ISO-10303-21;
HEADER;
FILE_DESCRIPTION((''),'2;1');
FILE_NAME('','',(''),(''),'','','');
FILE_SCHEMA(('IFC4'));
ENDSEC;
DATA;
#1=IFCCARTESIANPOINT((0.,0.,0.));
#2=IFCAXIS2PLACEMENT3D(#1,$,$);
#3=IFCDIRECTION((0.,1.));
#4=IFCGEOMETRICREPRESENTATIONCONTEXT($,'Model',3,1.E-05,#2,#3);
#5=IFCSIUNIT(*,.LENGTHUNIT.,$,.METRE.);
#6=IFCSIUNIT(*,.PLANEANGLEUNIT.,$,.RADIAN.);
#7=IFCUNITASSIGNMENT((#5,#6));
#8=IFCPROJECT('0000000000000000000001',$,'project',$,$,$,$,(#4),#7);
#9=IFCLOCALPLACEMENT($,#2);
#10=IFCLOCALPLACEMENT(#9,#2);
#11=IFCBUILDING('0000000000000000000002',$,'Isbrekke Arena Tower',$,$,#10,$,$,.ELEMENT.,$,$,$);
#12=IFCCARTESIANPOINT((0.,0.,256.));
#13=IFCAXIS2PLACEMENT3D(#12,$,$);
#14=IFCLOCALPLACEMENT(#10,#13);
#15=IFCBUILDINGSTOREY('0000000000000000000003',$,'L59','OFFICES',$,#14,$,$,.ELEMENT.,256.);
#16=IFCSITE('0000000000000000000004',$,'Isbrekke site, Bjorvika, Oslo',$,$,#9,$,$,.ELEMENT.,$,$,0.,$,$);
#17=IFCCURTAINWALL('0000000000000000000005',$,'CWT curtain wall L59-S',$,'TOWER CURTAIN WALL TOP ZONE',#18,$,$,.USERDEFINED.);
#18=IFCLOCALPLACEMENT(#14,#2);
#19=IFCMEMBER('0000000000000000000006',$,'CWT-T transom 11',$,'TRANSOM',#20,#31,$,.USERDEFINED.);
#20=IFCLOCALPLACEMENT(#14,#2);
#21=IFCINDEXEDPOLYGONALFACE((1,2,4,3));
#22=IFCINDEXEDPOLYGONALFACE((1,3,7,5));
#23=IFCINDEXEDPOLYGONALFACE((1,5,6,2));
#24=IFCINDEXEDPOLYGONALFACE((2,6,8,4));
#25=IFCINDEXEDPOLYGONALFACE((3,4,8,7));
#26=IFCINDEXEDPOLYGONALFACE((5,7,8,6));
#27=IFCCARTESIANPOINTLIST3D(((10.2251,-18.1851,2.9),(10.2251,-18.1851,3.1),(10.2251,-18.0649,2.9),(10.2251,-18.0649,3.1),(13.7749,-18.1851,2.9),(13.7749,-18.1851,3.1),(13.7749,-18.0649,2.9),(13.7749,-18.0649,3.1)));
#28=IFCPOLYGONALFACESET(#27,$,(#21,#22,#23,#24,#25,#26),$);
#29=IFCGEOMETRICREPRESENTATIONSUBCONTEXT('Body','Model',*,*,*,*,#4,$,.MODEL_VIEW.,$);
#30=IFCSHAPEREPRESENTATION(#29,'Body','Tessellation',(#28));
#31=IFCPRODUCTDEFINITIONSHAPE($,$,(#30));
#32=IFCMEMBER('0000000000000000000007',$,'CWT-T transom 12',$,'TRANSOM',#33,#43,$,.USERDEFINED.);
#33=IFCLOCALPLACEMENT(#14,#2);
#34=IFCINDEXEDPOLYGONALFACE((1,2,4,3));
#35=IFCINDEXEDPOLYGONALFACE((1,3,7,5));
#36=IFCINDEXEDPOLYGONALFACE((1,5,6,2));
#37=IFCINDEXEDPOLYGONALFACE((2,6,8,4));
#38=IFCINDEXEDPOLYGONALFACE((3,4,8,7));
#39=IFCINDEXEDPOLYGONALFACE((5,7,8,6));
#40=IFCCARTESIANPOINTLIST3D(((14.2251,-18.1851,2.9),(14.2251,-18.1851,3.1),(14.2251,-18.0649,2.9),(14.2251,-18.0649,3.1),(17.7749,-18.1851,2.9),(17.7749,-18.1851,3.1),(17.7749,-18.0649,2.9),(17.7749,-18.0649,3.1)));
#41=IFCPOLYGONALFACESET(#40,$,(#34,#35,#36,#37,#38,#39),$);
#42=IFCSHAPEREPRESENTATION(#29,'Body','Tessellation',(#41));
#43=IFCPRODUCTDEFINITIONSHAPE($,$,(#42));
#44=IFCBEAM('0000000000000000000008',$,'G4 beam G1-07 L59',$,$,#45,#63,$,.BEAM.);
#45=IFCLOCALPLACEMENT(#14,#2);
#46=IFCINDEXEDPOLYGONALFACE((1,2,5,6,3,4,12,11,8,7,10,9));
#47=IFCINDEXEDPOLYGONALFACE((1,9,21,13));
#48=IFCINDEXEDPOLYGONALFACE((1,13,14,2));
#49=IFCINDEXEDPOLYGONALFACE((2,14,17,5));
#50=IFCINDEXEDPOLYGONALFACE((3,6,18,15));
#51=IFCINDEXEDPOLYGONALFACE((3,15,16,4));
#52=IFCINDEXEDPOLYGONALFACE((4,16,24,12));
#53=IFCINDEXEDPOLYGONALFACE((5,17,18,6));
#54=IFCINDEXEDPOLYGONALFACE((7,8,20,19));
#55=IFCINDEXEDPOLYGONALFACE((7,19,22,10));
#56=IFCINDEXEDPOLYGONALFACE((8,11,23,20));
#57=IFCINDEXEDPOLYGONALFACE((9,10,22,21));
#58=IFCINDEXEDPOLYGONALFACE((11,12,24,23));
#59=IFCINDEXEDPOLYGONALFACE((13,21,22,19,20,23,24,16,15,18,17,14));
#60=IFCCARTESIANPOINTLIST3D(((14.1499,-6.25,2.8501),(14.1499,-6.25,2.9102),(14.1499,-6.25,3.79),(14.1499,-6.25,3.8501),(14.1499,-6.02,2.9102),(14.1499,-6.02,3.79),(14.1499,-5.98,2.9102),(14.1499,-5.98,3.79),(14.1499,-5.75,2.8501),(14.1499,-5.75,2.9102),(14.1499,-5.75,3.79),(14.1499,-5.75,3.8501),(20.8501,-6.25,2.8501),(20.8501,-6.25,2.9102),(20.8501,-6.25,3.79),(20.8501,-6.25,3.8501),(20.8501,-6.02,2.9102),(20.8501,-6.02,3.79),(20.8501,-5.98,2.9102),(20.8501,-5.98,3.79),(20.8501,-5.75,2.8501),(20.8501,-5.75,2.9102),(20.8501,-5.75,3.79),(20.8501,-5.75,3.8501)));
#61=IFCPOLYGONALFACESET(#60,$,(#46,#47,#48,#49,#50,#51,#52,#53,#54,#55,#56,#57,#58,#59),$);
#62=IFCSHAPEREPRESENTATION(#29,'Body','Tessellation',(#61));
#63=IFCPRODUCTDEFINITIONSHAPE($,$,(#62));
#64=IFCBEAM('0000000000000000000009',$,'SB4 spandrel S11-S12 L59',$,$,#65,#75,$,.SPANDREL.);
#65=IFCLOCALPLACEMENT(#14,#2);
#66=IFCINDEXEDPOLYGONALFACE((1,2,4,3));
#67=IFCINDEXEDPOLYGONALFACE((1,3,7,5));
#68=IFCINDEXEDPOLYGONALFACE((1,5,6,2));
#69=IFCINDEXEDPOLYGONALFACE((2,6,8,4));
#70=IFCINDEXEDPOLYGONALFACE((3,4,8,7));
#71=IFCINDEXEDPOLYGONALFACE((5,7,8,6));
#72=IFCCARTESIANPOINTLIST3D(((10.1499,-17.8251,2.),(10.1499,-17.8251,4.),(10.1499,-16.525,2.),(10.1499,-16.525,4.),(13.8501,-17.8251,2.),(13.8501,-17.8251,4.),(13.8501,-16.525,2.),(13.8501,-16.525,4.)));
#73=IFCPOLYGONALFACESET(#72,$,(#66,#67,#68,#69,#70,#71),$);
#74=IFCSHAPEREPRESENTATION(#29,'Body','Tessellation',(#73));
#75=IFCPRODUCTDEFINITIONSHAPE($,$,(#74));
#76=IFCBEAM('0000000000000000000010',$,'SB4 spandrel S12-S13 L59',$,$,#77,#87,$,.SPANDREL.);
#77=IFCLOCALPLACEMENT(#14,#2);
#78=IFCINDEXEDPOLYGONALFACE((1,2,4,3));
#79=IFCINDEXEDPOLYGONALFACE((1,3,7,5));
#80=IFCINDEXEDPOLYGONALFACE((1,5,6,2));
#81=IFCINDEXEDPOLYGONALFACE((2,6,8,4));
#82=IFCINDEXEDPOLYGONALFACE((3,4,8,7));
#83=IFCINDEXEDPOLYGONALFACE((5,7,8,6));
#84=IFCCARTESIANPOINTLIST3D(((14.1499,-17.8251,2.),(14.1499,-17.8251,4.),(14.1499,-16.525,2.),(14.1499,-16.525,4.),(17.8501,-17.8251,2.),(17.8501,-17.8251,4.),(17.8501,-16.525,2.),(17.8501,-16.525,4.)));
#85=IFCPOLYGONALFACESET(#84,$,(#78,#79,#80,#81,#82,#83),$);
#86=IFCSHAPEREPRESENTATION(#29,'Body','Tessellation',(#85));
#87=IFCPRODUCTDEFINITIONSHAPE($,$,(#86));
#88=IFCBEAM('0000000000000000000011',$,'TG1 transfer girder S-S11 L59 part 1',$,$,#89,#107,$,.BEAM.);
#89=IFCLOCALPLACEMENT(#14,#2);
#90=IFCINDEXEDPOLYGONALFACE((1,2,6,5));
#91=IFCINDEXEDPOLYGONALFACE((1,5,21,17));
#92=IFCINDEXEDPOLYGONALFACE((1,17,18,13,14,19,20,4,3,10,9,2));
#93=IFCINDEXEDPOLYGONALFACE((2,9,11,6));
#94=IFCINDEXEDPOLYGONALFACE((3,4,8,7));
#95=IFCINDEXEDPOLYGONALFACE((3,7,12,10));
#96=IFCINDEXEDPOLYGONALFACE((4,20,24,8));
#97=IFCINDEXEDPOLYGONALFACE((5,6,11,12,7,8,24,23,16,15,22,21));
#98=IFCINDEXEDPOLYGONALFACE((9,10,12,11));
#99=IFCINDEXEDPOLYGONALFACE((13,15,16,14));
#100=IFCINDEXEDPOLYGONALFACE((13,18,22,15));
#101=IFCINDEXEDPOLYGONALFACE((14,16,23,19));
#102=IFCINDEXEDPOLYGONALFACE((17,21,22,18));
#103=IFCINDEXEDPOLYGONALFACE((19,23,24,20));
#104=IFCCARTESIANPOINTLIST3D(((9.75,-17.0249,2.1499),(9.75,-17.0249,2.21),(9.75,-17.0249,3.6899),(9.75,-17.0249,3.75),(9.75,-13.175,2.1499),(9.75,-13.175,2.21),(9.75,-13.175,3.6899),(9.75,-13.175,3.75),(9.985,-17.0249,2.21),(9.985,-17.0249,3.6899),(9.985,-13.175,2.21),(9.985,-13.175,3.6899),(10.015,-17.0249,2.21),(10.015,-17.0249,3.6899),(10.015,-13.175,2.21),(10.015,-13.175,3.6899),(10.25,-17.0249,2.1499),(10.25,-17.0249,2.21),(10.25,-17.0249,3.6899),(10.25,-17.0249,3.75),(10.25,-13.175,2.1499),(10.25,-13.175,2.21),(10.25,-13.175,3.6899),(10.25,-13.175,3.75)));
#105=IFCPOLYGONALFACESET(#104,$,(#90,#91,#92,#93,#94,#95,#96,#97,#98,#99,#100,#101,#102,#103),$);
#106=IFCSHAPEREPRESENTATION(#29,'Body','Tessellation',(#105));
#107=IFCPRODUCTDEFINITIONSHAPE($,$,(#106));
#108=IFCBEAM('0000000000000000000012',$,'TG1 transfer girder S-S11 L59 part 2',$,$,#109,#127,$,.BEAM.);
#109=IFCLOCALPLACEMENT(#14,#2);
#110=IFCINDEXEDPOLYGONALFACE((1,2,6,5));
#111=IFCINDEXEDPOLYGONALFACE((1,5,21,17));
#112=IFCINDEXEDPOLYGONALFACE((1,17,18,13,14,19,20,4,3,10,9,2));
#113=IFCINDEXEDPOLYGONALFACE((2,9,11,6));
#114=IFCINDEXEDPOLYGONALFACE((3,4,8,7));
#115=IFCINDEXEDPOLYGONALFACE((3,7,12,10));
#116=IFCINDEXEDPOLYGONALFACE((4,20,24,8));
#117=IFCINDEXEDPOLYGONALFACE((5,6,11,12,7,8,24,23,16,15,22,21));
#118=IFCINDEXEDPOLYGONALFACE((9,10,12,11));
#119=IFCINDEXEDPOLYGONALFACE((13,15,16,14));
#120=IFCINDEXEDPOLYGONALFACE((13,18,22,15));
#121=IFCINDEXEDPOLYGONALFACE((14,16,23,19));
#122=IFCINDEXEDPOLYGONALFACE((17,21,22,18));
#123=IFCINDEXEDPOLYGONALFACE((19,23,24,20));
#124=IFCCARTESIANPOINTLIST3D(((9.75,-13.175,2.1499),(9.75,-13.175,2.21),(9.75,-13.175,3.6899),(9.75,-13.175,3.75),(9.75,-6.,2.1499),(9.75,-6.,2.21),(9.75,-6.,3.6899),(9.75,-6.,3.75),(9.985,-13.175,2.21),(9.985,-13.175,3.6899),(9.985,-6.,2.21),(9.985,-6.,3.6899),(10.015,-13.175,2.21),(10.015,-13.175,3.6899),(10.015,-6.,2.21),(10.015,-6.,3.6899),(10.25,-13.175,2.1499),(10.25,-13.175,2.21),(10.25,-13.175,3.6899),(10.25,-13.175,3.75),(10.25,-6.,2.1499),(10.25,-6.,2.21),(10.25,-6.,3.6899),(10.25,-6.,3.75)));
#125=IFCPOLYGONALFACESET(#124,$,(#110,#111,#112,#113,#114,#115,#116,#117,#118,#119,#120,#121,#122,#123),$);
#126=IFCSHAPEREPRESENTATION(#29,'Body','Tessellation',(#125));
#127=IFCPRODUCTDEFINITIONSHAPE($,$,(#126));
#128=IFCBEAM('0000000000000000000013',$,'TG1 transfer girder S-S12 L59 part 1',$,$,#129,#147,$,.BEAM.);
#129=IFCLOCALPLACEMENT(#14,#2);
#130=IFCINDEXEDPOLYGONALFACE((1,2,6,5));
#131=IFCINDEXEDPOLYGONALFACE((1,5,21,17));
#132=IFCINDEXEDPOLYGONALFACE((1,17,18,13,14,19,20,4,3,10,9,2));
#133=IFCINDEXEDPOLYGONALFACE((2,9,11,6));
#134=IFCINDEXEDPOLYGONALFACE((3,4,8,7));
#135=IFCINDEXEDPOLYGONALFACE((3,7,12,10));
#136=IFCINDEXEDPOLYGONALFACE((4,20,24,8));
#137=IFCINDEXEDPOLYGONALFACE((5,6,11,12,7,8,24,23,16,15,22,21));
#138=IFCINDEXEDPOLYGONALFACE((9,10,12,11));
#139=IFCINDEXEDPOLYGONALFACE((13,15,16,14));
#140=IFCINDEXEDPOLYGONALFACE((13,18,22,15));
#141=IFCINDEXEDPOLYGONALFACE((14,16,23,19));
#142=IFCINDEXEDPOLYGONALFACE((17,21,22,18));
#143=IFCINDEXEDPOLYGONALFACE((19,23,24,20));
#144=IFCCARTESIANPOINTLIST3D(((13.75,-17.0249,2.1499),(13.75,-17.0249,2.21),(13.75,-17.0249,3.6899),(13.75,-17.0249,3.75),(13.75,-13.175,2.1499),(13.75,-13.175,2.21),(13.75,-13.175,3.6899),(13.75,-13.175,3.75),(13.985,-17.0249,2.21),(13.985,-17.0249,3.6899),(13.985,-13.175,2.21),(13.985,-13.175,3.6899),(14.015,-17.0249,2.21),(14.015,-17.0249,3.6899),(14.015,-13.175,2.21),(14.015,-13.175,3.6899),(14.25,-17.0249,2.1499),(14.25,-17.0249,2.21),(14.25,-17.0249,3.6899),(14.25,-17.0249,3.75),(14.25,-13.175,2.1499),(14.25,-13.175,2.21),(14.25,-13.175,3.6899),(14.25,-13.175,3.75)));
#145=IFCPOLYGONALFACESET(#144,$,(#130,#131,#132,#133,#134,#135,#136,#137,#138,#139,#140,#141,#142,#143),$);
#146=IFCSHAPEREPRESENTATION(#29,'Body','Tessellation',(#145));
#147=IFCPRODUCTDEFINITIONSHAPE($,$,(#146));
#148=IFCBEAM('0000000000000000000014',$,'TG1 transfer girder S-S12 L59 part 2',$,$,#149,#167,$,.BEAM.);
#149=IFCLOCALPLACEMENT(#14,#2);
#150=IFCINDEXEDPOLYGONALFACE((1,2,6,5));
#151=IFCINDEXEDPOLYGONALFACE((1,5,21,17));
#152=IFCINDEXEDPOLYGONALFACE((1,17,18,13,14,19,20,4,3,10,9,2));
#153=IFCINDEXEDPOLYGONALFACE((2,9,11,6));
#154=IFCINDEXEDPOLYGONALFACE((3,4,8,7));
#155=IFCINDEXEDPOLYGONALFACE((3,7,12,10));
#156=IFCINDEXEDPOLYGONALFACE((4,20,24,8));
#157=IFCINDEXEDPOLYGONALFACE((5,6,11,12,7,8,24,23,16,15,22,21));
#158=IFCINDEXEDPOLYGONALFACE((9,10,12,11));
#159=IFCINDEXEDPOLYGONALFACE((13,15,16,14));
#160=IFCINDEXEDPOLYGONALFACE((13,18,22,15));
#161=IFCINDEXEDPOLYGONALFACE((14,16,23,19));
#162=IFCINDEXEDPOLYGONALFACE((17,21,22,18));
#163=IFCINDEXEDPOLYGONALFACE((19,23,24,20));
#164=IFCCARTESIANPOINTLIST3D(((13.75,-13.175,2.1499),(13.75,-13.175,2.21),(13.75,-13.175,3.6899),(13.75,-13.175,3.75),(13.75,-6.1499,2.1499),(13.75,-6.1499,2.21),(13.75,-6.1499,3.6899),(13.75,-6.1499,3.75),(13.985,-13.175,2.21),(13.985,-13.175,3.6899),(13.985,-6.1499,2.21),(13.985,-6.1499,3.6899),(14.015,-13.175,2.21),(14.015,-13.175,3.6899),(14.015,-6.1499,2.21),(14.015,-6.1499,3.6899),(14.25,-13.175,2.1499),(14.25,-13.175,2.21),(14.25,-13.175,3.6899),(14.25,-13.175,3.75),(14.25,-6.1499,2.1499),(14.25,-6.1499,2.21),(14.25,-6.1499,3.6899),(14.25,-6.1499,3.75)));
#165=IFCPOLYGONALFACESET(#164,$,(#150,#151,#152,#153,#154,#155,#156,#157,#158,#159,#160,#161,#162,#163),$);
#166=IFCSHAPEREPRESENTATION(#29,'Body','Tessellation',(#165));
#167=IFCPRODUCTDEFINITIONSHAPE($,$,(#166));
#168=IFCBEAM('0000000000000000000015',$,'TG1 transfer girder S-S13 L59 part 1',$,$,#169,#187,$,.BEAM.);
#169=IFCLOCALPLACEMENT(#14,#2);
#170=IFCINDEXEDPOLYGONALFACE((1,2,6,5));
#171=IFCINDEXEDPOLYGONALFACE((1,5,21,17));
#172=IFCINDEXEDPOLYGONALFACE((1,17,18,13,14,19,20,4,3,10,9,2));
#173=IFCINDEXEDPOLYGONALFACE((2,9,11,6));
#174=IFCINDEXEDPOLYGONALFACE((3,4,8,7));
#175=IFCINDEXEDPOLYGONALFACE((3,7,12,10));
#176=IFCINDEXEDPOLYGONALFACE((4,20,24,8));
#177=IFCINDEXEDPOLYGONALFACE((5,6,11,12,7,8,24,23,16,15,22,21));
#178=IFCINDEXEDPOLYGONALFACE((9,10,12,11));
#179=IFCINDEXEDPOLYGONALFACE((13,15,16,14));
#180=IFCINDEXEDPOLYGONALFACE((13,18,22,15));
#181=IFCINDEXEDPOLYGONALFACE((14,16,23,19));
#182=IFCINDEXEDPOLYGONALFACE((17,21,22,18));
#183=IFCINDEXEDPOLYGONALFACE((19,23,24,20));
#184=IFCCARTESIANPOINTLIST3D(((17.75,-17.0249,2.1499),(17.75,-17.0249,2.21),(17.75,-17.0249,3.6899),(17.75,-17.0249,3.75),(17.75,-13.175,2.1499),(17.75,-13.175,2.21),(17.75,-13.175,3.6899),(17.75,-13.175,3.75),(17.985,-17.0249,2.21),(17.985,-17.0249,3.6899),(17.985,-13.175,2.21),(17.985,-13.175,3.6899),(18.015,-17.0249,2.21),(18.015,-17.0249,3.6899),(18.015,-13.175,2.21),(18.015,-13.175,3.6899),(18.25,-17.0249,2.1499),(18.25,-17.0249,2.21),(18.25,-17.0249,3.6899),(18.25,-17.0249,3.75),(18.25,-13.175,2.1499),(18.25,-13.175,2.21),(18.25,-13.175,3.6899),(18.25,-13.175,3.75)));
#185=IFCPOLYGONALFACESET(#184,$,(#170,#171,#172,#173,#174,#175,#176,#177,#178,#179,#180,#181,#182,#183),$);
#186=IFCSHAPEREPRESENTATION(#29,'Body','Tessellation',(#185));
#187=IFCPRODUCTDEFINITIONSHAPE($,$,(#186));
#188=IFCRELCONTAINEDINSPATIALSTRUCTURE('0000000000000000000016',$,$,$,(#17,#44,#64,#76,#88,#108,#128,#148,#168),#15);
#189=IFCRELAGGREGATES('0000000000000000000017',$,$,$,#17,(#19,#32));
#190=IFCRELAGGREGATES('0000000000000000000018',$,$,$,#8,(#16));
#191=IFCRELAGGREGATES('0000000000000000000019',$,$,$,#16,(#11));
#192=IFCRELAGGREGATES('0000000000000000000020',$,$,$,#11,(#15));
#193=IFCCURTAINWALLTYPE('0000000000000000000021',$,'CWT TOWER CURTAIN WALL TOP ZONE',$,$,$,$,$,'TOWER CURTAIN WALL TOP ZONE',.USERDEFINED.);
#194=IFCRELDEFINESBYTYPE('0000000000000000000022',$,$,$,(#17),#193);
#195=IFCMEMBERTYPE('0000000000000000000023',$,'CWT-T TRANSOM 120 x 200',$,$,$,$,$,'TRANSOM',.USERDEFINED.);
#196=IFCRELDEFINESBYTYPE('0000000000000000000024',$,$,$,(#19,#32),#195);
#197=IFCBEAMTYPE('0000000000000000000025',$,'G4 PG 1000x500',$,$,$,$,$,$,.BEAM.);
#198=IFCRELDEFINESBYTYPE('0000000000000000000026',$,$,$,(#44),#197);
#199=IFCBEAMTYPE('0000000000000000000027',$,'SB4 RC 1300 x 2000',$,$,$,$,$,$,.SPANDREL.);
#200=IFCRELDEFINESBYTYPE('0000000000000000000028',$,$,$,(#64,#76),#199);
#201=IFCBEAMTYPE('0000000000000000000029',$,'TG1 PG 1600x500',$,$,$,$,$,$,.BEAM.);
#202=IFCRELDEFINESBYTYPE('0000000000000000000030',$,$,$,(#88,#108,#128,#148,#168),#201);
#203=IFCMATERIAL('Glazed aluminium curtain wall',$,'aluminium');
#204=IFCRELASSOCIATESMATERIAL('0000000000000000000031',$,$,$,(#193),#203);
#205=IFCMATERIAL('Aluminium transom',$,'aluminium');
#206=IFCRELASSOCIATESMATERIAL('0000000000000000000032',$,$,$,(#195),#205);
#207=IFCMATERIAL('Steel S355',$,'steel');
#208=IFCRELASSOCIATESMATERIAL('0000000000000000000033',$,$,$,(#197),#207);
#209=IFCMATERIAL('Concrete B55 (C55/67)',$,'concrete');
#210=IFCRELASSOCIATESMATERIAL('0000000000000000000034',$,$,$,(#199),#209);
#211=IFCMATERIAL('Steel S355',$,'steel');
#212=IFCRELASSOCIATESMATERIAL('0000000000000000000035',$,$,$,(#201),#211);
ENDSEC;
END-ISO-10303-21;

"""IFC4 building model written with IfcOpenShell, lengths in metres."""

from ifc_helpers import new_model, si_unit, direction, frame, origin, origin_2d, place, context, subcontext, project, spatial, rectangle, i_section, extrude, material, material_profile, profile_set, type_object, element, aggregate, save


model = new_model("IFC4")

# Units and contexts
model_context = context("Model", 3, precision=1e-05, world=origin(), true_north=direction((0.0, 1.0)))
body_context = subcontext(model_context, "Body", "Model", "MODEL_VIEW")
ifc_project = project(units=[si_unit("LENGTHUNIT", "METRE"), si_unit("PLANEANGLEUNIT", "RADIAN")], contexts=[model_context])

# Site, building, storey
site_placement = place(None, origin())
site = spatial("IfcSite", under=ifc_project, at=site_placement, Name="Isbrekke site, Bjorvika, Oslo", CompositionType="ELEMENT", RefElevation=0.0)
building_placement = place(site_placement, origin())
building = spatial("IfcBuilding", under=site, at=building_placement, Name="Isbrekke Arena Tower", CompositionType="ELEMENT")
storey_placement = place(building_placement, frame((0.0, 0.0, 256.0)))
storey = spatial("IfcBuildingStorey", under=building, at=storey_placement, Name="L59", Description="OFFICES", CompositionType="ELEMENT", Elevation=256.0)

# Curtain wall, members
ifc_material_1 = material(Name="Glazed aluminium curtain wall", Category="aluminium")
curtain_wall_type = type_object("IfcCurtainWallType", Name="CWT TOWER CURTAIN WALL TOP ZONE", ElementType="TOWER CURTAIN WALL TOP ZONE", PredefinedType="USERDEFINED", material=ifc_material_1)
curtain_wall_placement = place(storey_placement, origin())
curtain_wall = element("IfcCurtainWall", 1, at=curtain_wall_placement, inside=storey, type_object=curtain_wall_type, Name="CWT curtain wall L59-S", ObjectType="TOWER CURTAIN WALL TOP ZONE", PredefinedType="USERDEFINED")
ifc_material_2 = material(Name="Aluminium transom", Category="aluminium")
ifc_material_profile_1 = material_profile(ifc_material_2, rectangle(XDim=0.1201, YDim=0.2, at=origin_2d()), Name="TRANSOM 120X200")
ifc_profile_set_1 = profile_set([ifc_material_profile_1], Name="Aluminium transom")
member_type_1 = type_object("IfcMemberType", Name="CWT-T TRANSOM 120 x 200", ElementType="TRANSOM", PredefinedType="USERDEFINED", material=ifc_profile_set_1)
member_1_placement = place(storey_placement, frame((10.2251, -18.125, 3.0), z_axis=(1.0, 0.0, 0.0), x_axis=(0.0, 1.0, 0.0)))
member_1 = element("IfcMember", 2, at=member_1_placement, type_object=member_type_1, Name="CWT-T transom 11", ObjectType="TRANSOM", PredefinedType="USERDEFINED", context=body_context, shape_type="SweptSolid", body=[
    extrude(rectangle(XDim=0.1201, YDim=0.2, at=origin_2d()), origin(), (0.0, 0.0, 1.0), 3.5498),
])
member_2_placement = place(storey_placement, frame((14.2251, -18.125, 3.0), z_axis=(1.0, 0.0, 0.0), x_axis=(0.0, 1.0, 0.0)))
member_2 = element("IfcMember", 3, at=member_2_placement, type_object=member_type_1, Name="CWT-T transom 12", ObjectType="TRANSOM", PredefinedType="USERDEFINED", context=body_context, shape_type="SweptSolid", body=[
    extrude(rectangle(XDim=0.1201, YDim=0.2, at=origin_2d()), origin(), (0.0, 0.0, 1.0), 3.5498),
])

# Beams
ifc_material_3 = material(Name="Steel S355", Category="steel")
ifc_material_profile_2 = material_profile(ifc_material_3, i_section(OverallWidth=0.5, OverallDepth=1.0, WebThickness=0.04, FlangeThickness=0.0601, at=origin_2d()), Name="PG 1000x500")
ifc_profile_set_2 = profile_set([ifc_material_profile_2], Name="Steel S355")
beam_type_1 = type_object("IfcBeamType", Name="G4 PG 1000x500", PredefinedType="BEAM", material=ifc_profile_set_2)
beam_1_placement = place(storey_placement, frame((14.1499, -6.0, 3.3501), z_axis=(1.0, 0.0, 0.0), x_axis=(0.0, 1.0, 0.0)))
element("IfcBeam", 4, at=beam_1_placement, inside=storey, type_object=beam_type_1, Name="G4 beam G1-07 L59", PredefinedType="BEAM", context=body_context, shape_type="SweptSolid", body=[
    extrude(i_section(OverallWidth=0.5, OverallDepth=1.0, WebThickness=0.04, FlangeThickness=0.0601, at=origin_2d()), origin(), (0.0, 0.0, 1.0), 6.7002),
])
ifc_material_4 = material(Name="Concrete B55 (C55/67)", Category="concrete")
ifc_material_profile_3 = material_profile(ifc_material_4, rectangle(XDim=1.3, YDim=2.0, at=origin_2d()), Name="RC 1300x2000")
ifc_profile_set_3 = profile_set([ifc_material_profile_3], Name="Concrete B55 (C55/67)")
beam_type_2 = type_object("IfcBeamType", Name="SB4 RC 1300 x 2000", PredefinedType="SPANDREL", material=ifc_profile_set_3)
for number, where, z_axis, x_axis, name in (
    (5, (10.1499, -17.175, 3.0), (1.0, 0.0, 0.0), (0.0, 1.0, 0.0), "SB4 spandrel S11-S12 L59"),
    (6, (14.1499, -17.175, 3.0), (1.0, 0.0, 0.0), (0.0, 1.0, 0.0), "SB4 spandrel S12-S13 L59"),
):
    element("IfcBeam", number, at=place(storey_placement, frame(where, z_axis=z_axis, x_axis=x_axis)), inside=storey, type_object=beam_type_2, Name=name, PredefinedType="SPANDREL", context=body_context, shape_type="SweptSolid", body=[
        extrude(rectangle(XDim=1.3, YDim=2.0, at=origin_2d()), origin(), (0.0, 0.0, 1.0), 3.7002),
    ])
ifc_material_5 = material(Name="Steel S355", Category="steel")
ifc_material_profile_4 = material_profile(ifc_material_5, i_section(OverallWidth=0.5, OverallDepth=1.6001, WebThickness=0.03, FlangeThickness=0.0601, at=origin_2d()), Name="PG 1600x500")
ifc_profile_set_4 = profile_set([ifc_material_profile_4], Name="Steel S355")
beam_type_3 = type_object("IfcBeamType", Name="TG1 PG 1600x500", PredefinedType="BEAM", material=ifc_profile_set_4)
beam_2_placement = place(storey_placement, frame((10.0, -17.0249, 2.95), z_axis=(0.0, 1.0, 0.0), x_axis=(-1.0, 0.0, 0.0)))
element("IfcBeam", 7, at=beam_2_placement, inside=storey, type_object=beam_type_3, Name="TG1 transfer girder S-S11 L59 part 1", PredefinedType="BEAM", context=body_context, shape_type="SweptSolid", body=[
    extrude(i_section(OverallWidth=0.5, OverallDepth=1.6001, WebThickness=0.03, FlangeThickness=0.0601, at=origin_2d()), origin(), (0.0, 0.0, 1.0), 3.8499),
])
beam_3_placement = place(storey_placement, frame((10.0, -13.175, 2.95), z_axis=(0.0, 1.0, 0.0), x_axis=(-1.0, 0.0, 0.0)))
element("IfcBeam", 8, at=beam_3_placement, inside=storey, type_object=beam_type_3, Name="TG1 transfer girder S-S11 L59 part 2", PredefinedType="BEAM", context=body_context, shape_type="SweptSolid", body=[
    extrude(i_section(OverallWidth=0.5, OverallDepth=1.6001, WebThickness=0.03, FlangeThickness=0.0601, at=origin_2d()), origin(), (0.0, 0.0, 1.0), 7.175),
])
beam_4_placement = place(storey_placement, frame((14.0, -17.0249, 2.95), z_axis=(0.0, 1.0, 0.0), x_axis=(-1.0, 0.0, 0.0)))
element("IfcBeam", 9, at=beam_4_placement, inside=storey, type_object=beam_type_3, Name="TG1 transfer girder S-S12 L59 part 1", PredefinedType="BEAM", context=body_context, shape_type="SweptSolid", body=[
    extrude(i_section(OverallWidth=0.5, OverallDepth=1.6001, WebThickness=0.03, FlangeThickness=0.0601, at=origin_2d()), origin(), (0.0, 0.0, 1.0), 3.8499),
])
beam_5_placement = place(storey_placement, frame((14.0, -13.175, 2.95), z_axis=(0.0, 1.0, 0.0), x_axis=(-1.0, 0.0, 0.0)))
element("IfcBeam", 10, at=beam_5_placement, inside=storey, type_object=beam_type_3, Name="TG1 transfer girder S-S12 L59 part 2", PredefinedType="BEAM", context=body_context, shape_type="SweptSolid", body=[
    extrude(i_section(OverallWidth=0.5, OverallDepth=1.6001, WebThickness=0.03, FlangeThickness=0.0601, at=origin_2d()), origin(), (0.0, 0.0, 1.0), 7.0251),
])
beam_6_placement = place(storey_placement, frame((18.0, -17.0249, 2.95), z_axis=(0.0, 1.0, 0.0), x_axis=(-1.0, 0.0, 0.0)))
element("IfcBeam", 11, at=beam_6_placement, inside=storey, type_object=beam_type_3, Name="TG1 transfer girder S-S13 L59 part 1", PredefinedType="BEAM", context=body_context, shape_type="SweptSolid", body=[
    extrude(i_section(OverallWidth=0.5, OverallDepth=1.6001, WebThickness=0.03, FlangeThickness=0.0601, at=origin_2d()), origin(), (0.0, 0.0, 1.0), 3.8499),
])

aggregate(curtain_wall, [member_1, member_2])

save(model, "model.ifc")
